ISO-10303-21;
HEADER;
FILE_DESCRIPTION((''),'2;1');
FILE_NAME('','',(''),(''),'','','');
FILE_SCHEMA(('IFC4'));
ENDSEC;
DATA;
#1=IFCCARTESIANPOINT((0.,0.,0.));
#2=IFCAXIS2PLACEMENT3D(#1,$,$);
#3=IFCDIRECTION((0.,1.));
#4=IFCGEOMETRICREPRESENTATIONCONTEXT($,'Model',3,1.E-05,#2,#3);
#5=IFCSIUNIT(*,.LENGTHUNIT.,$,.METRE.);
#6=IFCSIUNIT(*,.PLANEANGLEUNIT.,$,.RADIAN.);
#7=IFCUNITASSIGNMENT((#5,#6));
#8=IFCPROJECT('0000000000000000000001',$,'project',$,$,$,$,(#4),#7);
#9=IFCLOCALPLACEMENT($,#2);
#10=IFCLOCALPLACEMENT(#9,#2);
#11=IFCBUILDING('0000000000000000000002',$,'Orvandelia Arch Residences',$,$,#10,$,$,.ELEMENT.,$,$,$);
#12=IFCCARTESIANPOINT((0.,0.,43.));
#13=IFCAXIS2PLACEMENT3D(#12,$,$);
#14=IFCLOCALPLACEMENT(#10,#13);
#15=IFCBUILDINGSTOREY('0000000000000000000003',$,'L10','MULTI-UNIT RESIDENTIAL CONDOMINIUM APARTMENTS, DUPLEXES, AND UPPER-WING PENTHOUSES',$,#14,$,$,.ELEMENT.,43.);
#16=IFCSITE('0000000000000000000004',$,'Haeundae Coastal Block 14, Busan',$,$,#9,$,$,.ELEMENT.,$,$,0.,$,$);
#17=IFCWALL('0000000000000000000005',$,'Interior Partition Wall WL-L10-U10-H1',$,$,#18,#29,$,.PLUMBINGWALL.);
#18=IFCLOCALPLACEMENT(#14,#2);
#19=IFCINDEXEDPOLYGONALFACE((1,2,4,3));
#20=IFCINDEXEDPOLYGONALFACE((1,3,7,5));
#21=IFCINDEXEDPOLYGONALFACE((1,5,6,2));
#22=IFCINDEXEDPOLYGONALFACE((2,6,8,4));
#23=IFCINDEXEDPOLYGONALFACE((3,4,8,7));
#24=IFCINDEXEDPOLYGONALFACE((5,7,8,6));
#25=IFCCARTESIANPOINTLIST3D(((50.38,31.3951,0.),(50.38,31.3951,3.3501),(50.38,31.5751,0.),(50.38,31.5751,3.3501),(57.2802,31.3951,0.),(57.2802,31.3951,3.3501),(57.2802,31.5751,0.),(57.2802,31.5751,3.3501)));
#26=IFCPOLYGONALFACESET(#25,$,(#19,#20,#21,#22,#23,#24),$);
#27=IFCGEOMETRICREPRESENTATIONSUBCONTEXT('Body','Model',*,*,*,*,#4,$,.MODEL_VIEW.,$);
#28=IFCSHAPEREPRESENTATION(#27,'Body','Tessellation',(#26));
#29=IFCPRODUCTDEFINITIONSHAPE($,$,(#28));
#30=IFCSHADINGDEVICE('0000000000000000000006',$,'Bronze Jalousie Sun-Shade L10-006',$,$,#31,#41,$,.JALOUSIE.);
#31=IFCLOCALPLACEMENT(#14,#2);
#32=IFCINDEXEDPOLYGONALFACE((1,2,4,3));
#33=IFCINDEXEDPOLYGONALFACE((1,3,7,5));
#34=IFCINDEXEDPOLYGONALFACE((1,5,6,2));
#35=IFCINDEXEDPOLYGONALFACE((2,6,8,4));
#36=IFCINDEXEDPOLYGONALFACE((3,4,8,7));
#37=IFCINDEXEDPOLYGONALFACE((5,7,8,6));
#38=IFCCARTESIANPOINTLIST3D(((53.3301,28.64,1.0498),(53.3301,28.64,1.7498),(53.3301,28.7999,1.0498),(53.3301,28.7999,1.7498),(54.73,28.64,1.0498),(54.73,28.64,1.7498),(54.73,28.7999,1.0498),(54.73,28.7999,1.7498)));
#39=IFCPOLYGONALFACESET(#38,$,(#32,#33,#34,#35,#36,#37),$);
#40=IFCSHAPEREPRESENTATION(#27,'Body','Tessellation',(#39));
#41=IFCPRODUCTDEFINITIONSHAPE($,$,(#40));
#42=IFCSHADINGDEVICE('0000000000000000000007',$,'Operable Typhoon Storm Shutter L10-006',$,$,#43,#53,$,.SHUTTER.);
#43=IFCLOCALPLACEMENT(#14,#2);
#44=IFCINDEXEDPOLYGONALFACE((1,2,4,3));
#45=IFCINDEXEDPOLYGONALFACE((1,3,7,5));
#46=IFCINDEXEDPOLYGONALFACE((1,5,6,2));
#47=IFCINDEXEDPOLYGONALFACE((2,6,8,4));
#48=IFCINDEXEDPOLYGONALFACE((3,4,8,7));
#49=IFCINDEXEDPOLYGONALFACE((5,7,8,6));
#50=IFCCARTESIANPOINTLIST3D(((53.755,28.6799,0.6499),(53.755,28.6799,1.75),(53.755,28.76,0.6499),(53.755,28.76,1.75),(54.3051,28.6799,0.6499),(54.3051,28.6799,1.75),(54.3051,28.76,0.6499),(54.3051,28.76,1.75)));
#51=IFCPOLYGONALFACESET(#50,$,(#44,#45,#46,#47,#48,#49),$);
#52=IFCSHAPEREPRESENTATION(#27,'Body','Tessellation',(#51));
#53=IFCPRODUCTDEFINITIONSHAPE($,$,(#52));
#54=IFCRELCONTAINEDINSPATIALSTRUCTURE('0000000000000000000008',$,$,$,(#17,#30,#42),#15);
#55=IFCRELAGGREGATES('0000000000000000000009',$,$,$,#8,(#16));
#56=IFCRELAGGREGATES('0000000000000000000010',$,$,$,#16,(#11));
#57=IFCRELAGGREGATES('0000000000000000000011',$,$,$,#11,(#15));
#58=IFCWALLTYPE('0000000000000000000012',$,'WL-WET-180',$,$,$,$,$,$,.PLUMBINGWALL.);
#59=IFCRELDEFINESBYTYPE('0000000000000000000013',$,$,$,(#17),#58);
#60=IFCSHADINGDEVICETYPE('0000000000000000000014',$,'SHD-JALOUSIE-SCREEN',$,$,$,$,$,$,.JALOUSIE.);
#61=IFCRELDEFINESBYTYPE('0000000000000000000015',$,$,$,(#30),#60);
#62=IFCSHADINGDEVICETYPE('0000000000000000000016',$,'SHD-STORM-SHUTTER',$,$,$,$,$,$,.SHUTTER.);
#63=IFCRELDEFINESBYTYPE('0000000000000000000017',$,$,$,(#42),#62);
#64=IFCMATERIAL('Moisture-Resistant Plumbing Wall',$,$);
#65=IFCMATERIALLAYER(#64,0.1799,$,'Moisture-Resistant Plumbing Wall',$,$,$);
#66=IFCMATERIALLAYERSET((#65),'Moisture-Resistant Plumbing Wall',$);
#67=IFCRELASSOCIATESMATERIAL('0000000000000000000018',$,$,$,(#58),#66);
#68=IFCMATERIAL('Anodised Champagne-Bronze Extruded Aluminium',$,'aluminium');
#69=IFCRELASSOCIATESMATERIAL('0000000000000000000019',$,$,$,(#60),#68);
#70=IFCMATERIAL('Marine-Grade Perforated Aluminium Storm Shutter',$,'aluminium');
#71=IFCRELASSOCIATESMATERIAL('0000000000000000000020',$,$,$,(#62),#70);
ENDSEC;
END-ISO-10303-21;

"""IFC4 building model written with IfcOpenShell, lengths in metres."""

from ifc_helpers import new_model, si_unit, direction, frame, frame_2d, origin, origin_2d, place, context, subcontext, project, spatial, rectangle, extrude, material, layer, layer_set, type_object, element, save


model = new_model("IFC4")

# Units and contexts
model_context = context("Model", 3, precision=1e-05, world=origin(), true_north=direction((0.0, 1.0)))
body_context = subcontext(model_context, "Body", "Model", "MODEL_VIEW")
ifc_project = project(units=[si_unit("LENGTHUNIT", "METRE"), si_unit("PLANEANGLEUNIT", "RADIAN")], contexts=[model_context])

# Site, building, storey
site_placement = place(None, origin())
site = spatial("IfcSite", under=ifc_project, at=site_placement, Name="Haeundae Coastal Block 14, Busan", CompositionType="ELEMENT", RefElevation=0.0)
building_placement = place(site_placement, origin())
building = spatial("IfcBuilding", under=site, at=building_placement, Name="Orvandelia Arch Residences", CompositionType="ELEMENT")
storey_placement = place(building_placement, frame((0.0, 0.0, 43.0)))
storey = spatial("IfcBuildingStorey", under=building, at=storey_placement, Name="L10", Description="MULTI-UNIT RESIDENTIAL CONDOMINIUM APARTMENTS, DUPLEXES, AND UPPER-WING PENTHOUSES", CompositionType="ELEMENT", Elevation=43.0)

# Shared definitions
ifc_material_1 = material(Name="Moisture-Resistant Plumbing Wall")
ifc_layer_1 = layer(ifc_material_1, 0.1799, Name="Moisture-Resistant Plumbing Wall")
ifc_layer_set_1 = layer_set([ifc_layer_1], Name="Moisture-Resistant Plumbing Wall")
wall_type_1 = type_object("IfcWallType", Name="WL-WET-180", PredefinedType="PLUMBINGWALL", material=ifc_layer_set_1)

# Wall
wall_1_placement = place(storey_placement, frame((50.3799, 31.4851, 0.0), z_axis=(0.0, 0.0, 1.0), x_axis=(1.0, 0.0, 0.0)))
element("IfcWall", 1, at=wall_1_placement, inside=storey, type_object=wall_type_1, Name="Interior Partition Wall WL-L10-U10-H1", PredefinedType="PLUMBINGWALL", context=body_context, shape_type="SweptSolid", body=[
    extrude(rectangle(XDim=6.9001, YDim=0.1799, at=frame_2d((3.4502, 0.0))), origin(), (0.0, 0.0, 1.0), 3.3501),
])

# Shading devices
ifc_material_2 = material(Name="Anodised Champagne-Bronze Extruded Aluminium", Category="aluminium")
shading_device_type_1 = type_object("IfcShadingDeviceType", Name="SHD-JALOUSIE-SCREEN", PredefinedType="JALOUSIE", material=ifc_material_2)
shading_device_1_placement = place(storey_placement, frame((54.03, 28.72, 1.0498), z_axis=(0.0, 0.0, 1.0), x_axis=(-1.0, 0.0, 0.0)))
element("IfcShadingDevice", 2, at=shading_device_1_placement, inside=storey, type_object=shading_device_type_1, Name="Bronze Jalousie Sun-Shade L10-006", PredefinedType="JALOUSIE", context=body_context, shape_type="SweptSolid", body=[
    extrude(rectangle(XDim=1.3999, YDim=0.1599, at=origin_2d()), origin(), (0.0, 0.0, 1.0), 0.7),
])
ifc_material_3 = material(Name="Marine-Grade Perforated Aluminium Storm Shutter", Category="aluminium")
shading_device_type_2 = type_object("IfcShadingDeviceType", Name="SHD-STORM-SHUTTER", PredefinedType="SHUTTER", material=ifc_material_3)
shading_device_2_placement = place(storey_placement, frame((54.03, 28.72, 0.6499), z_axis=(0.0, 0.0, 1.0), x_axis=(-1.0, 0.0, 0.0)))
element("IfcShadingDevice", 3, at=shading_device_2_placement, inside=storey, type_object=shading_device_type_2, Name="Operable Typhoon Storm Shutter L10-006", PredefinedType="SHUTTER", context=body_context, shape_type="SweptSolid", body=[
    extrude(rectangle(XDim=0.55, YDim=0.0801, at=origin_2d()), origin(), (0.0, 0.0, 1.0), 1.1001),
])

save(model, "model.ifc")
